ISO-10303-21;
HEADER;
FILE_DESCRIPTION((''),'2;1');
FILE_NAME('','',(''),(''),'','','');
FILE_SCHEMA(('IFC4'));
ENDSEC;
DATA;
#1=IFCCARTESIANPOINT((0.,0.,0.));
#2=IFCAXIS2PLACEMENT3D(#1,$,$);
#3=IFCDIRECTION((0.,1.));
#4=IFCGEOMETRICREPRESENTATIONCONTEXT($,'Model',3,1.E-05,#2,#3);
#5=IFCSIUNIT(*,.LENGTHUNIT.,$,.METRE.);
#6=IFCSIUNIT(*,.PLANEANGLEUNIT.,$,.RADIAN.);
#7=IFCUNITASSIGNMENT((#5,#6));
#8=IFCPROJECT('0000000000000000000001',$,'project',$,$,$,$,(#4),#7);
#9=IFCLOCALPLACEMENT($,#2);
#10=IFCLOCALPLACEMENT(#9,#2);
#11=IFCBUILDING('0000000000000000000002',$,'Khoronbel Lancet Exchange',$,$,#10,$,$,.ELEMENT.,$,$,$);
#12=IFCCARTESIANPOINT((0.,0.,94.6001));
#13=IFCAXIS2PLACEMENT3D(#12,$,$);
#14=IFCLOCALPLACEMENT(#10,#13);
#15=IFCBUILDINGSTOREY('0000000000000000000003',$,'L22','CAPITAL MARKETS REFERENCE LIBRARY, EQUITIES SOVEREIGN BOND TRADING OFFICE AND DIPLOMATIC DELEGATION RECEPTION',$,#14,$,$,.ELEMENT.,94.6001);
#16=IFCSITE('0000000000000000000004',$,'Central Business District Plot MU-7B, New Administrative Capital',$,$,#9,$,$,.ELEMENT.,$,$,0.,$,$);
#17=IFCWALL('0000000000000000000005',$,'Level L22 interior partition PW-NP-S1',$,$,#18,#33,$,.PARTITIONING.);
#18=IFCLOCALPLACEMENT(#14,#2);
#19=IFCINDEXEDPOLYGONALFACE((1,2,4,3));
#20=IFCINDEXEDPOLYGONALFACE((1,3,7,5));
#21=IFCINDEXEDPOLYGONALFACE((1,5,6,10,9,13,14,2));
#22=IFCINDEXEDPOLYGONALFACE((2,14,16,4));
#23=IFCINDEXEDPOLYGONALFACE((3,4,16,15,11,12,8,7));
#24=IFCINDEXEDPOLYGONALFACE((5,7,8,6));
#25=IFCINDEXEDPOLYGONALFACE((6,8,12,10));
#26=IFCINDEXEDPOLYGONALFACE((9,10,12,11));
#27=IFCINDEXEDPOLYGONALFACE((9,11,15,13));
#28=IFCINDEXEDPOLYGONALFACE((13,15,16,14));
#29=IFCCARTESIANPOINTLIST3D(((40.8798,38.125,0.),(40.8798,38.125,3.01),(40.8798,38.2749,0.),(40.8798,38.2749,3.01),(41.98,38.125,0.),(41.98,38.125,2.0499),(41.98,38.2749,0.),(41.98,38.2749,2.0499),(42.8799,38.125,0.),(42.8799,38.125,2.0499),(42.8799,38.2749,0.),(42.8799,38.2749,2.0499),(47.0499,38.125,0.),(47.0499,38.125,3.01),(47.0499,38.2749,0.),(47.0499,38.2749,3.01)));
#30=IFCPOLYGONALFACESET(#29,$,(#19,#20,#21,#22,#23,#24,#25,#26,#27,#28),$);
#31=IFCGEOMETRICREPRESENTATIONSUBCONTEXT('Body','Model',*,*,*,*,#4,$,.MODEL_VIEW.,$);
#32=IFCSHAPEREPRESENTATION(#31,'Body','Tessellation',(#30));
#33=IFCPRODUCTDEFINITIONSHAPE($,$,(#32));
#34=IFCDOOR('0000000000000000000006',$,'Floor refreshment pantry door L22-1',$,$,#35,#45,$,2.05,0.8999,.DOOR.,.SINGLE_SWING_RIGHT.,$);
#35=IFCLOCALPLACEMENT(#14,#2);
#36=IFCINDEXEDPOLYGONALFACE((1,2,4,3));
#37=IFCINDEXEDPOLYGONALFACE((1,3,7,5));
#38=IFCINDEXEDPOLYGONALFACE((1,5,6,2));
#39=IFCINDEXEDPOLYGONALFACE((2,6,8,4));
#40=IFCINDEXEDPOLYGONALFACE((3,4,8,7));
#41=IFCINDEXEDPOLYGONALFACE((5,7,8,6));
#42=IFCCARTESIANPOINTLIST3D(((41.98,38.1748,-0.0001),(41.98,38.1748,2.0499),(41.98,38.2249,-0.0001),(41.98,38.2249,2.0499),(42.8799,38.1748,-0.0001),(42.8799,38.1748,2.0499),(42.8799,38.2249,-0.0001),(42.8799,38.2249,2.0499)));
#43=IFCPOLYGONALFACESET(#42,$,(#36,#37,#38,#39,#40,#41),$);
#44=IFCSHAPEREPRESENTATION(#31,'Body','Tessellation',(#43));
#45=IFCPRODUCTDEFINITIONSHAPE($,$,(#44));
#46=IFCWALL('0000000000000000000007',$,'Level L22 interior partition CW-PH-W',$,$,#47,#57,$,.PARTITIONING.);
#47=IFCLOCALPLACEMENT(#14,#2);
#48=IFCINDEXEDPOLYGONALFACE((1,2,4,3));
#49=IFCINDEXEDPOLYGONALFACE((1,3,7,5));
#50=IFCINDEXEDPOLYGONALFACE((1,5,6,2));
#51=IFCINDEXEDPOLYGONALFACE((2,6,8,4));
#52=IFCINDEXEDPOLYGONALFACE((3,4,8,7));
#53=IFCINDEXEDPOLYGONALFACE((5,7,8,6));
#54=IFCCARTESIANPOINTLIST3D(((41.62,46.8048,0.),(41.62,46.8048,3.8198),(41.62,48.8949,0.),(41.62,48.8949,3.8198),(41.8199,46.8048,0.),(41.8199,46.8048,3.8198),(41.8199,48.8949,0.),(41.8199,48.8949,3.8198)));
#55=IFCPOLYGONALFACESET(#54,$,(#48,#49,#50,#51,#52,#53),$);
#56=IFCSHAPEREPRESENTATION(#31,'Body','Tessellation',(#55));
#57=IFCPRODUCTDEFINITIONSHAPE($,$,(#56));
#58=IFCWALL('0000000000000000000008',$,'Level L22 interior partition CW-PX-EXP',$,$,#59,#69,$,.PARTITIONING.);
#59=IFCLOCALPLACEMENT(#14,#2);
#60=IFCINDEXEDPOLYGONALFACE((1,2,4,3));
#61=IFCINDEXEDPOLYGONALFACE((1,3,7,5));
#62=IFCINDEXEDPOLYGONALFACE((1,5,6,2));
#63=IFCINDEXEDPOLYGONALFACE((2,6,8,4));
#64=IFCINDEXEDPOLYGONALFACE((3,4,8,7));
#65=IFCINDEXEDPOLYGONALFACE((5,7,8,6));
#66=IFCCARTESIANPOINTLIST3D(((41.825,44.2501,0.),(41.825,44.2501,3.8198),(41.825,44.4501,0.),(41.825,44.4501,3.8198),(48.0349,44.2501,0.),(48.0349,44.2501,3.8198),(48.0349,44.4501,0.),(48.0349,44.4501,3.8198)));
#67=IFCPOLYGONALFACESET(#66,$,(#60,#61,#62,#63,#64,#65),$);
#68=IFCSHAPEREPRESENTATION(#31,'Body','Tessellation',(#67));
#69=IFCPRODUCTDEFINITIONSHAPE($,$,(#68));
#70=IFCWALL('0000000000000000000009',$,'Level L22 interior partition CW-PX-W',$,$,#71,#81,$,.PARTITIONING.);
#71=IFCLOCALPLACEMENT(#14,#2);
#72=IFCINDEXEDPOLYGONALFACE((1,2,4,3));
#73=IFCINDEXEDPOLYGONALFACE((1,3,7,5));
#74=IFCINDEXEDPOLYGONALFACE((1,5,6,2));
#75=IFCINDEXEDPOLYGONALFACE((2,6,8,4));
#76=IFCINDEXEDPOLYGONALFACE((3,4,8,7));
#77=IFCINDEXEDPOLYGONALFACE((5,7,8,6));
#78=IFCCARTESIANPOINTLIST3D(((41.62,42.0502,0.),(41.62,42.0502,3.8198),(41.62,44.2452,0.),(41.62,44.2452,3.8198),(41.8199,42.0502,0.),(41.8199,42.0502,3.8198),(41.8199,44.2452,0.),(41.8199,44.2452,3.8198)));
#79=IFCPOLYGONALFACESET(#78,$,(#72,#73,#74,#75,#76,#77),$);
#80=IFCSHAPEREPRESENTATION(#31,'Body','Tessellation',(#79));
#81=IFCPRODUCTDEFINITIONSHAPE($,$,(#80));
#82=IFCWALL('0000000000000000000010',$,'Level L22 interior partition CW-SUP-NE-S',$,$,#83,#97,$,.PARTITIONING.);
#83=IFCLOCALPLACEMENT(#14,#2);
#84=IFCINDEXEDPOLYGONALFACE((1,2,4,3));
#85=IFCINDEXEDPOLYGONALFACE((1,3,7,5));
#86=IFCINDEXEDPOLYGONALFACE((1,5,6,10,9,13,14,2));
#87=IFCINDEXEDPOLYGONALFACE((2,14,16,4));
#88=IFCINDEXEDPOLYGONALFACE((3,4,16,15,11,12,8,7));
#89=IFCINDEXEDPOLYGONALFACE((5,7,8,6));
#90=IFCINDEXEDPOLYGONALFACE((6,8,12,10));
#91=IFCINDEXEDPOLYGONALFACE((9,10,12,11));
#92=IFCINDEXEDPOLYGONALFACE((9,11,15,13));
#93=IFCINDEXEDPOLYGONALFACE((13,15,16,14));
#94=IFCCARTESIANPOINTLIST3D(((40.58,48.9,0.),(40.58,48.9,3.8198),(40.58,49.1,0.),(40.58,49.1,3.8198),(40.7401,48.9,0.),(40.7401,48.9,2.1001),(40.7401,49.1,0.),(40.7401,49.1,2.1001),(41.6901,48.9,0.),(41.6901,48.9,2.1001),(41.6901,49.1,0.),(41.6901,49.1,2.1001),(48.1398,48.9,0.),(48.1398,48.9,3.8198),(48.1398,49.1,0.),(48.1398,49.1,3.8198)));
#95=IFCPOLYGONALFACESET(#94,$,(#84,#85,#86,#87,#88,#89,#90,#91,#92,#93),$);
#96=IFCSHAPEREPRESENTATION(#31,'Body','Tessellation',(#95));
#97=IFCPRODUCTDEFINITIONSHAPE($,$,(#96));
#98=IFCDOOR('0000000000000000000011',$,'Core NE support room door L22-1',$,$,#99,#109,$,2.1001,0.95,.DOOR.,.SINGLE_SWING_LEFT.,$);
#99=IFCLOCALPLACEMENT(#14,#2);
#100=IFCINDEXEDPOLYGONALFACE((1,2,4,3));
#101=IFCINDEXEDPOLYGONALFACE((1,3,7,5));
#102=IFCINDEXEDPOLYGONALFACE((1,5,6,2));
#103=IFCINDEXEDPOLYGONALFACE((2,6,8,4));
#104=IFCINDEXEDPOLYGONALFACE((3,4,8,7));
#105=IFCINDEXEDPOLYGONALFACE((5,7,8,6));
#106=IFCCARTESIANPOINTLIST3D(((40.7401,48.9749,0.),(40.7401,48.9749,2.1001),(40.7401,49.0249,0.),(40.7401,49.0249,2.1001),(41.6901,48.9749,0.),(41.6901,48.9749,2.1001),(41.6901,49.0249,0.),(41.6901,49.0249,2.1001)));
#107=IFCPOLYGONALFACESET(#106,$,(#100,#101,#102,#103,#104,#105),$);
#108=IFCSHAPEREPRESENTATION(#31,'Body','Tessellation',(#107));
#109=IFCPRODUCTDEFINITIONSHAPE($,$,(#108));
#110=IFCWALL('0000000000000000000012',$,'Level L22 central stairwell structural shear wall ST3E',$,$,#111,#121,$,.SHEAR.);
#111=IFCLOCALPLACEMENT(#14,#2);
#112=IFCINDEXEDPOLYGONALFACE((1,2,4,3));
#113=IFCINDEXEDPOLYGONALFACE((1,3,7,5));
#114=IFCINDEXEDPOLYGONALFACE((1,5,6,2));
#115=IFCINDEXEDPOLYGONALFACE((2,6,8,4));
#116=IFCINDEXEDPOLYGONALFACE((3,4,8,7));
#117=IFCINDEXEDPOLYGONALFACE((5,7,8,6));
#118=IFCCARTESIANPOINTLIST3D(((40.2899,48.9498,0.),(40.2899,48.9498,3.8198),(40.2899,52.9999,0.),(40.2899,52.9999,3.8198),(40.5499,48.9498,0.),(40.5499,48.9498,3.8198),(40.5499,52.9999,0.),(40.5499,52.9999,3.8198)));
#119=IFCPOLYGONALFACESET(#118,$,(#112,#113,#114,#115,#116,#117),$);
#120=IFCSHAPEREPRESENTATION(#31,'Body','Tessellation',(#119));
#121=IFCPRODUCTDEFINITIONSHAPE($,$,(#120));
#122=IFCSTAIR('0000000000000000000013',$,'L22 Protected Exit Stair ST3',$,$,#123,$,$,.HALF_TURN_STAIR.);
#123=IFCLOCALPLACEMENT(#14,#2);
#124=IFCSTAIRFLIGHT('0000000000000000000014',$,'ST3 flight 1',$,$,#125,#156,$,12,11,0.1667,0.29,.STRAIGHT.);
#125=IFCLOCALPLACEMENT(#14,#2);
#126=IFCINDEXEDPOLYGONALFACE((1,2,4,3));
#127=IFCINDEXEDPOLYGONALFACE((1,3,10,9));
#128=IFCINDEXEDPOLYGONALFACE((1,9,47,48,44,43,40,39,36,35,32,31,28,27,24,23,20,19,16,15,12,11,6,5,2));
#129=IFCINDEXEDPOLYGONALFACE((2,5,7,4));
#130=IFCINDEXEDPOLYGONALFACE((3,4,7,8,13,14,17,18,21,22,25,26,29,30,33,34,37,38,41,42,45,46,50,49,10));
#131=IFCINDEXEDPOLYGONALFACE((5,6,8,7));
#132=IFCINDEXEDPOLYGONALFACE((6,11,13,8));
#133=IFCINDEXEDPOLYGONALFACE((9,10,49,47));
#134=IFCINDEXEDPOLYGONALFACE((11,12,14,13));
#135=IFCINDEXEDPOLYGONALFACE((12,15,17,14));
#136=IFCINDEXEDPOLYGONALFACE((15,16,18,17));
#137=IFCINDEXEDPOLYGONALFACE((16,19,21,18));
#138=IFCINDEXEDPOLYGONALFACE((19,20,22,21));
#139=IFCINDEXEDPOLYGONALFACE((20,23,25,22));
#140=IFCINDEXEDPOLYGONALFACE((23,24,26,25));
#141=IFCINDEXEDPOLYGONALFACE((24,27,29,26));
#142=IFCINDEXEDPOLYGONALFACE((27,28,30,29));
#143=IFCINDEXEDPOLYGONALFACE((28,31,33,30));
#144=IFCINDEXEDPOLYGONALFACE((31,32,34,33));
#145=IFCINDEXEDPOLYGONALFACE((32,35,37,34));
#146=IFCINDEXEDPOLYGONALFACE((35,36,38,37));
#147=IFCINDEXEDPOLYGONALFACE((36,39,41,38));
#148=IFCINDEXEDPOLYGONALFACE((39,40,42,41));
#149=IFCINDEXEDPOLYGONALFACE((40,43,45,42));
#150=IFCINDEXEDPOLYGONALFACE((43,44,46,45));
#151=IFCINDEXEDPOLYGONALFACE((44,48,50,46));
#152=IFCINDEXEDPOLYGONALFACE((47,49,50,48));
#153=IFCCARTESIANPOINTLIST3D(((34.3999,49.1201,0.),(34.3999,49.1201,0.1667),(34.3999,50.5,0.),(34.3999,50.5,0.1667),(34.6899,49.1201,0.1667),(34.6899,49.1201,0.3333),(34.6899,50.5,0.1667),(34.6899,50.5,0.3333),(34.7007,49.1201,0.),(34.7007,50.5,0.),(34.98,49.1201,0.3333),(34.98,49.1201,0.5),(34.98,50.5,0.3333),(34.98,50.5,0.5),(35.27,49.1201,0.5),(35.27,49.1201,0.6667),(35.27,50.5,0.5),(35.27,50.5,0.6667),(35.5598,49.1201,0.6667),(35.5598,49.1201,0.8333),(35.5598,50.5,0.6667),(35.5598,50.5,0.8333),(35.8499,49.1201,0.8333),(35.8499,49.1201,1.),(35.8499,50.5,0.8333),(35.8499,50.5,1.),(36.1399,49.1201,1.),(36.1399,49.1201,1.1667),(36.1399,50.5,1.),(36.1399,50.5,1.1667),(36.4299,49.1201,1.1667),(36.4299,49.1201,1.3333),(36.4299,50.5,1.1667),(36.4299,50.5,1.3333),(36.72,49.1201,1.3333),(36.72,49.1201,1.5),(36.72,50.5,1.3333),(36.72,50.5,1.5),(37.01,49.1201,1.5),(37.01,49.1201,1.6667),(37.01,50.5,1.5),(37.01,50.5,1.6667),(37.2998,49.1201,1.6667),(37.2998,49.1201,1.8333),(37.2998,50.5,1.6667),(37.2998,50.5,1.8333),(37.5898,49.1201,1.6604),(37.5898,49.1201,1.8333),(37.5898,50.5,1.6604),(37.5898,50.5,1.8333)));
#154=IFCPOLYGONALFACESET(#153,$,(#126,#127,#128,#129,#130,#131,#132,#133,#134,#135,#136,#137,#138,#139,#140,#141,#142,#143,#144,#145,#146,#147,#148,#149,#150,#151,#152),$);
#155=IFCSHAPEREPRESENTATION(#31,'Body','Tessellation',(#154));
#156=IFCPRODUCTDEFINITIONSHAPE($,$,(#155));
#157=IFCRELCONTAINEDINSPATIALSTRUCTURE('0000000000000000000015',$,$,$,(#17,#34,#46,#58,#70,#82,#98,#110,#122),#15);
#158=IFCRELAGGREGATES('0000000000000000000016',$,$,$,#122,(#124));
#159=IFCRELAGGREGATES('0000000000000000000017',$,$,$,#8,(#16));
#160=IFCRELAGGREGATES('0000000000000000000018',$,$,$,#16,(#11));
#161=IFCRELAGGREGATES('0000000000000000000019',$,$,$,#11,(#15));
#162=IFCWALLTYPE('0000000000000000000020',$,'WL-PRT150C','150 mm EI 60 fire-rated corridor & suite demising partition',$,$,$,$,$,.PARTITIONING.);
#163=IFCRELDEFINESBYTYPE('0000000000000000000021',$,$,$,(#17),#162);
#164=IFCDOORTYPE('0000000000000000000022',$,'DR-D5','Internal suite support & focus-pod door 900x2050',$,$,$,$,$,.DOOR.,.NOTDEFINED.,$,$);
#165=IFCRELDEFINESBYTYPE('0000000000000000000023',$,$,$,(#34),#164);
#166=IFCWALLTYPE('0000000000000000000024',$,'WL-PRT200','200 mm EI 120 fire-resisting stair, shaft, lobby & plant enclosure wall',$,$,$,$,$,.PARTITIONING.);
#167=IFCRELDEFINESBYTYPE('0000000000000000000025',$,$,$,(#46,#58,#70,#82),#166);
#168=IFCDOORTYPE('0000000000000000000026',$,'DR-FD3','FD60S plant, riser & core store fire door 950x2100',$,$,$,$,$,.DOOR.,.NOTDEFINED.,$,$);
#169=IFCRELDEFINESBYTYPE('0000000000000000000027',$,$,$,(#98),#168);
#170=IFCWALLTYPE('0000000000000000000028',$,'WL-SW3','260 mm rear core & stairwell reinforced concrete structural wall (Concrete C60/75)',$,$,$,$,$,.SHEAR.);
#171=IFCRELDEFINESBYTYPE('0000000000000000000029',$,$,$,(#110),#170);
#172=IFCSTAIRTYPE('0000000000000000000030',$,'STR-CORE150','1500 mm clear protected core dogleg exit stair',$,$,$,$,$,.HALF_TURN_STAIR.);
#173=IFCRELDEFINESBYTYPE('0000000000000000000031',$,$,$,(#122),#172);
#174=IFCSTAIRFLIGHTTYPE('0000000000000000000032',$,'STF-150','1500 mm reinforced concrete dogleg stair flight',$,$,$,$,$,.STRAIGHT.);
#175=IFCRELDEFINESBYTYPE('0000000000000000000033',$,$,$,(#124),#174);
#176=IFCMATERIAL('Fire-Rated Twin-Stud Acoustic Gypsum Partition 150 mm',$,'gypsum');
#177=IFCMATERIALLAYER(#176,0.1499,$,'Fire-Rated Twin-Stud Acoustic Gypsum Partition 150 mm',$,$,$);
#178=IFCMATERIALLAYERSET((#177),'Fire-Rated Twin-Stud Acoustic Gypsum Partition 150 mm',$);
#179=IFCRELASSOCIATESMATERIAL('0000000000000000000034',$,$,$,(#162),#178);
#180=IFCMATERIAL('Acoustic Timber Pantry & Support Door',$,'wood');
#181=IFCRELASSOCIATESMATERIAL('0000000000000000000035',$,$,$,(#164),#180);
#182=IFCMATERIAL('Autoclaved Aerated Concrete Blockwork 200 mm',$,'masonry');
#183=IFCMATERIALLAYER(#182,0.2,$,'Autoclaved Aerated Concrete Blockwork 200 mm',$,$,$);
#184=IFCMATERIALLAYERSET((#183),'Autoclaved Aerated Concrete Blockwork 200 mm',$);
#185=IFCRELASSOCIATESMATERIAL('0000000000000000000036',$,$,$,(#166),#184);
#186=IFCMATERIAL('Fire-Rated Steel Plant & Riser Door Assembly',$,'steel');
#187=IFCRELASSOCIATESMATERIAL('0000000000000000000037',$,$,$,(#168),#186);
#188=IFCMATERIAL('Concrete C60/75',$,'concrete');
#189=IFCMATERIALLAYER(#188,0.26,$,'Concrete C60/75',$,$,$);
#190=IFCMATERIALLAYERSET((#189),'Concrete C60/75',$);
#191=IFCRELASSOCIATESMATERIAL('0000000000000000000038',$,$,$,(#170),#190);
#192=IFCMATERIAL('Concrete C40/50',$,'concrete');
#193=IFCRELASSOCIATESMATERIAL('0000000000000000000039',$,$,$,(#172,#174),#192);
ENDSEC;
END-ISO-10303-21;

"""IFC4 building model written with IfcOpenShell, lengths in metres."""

from ifc_helpers import new_model, si_unit, direction, frame, frame_2d, origin, place, context, subcontext, project, spatial, polyline, rectangle, outline, extrude, material, layer, layer_set, type_object, element, fill, aggregate, save


model = new_model("IFC4")

# Units and contexts
model_context = context("Model", 3, precision=1e-05, world=origin(), true_north=direction((0.0, 1.0)))
body_context = subcontext(model_context, "Body", "Model", "MODEL_VIEW")
ifc_project = project(units=[si_unit("LENGTHUNIT", "METRE"), si_unit("PLANEANGLEUNIT", "RADIAN")], contexts=[model_context])

# Site, building, storey
site_placement = place(None, origin())
site = spatial("IfcSite", under=ifc_project, at=site_placement, Name="Central Business District Plot MU-7B, New Administrative Capital", CompositionType="ELEMENT", RefElevation=0.0)
building_placement = place(site_placement, origin())
building = spatial("IfcBuilding", under=site, at=building_placement, Name="Khoronbel Lancet Exchange", CompositionType="ELEMENT")
storey_placement = place(building_placement, frame((0.0, 0.0, 94.6001)))
storey = spatial("IfcBuildingStorey", under=building, at=storey_placement, Name="L22", Description="CAPITAL MARKETS REFERENCE LIBRARY, EQUITIES SOVEREIGN BOND TRADING OFFICE AND DIPLOMATIC DELEGATION RECEPTION", CompositionType="ELEMENT", Elevation=94.6001)

# Wall, opening, door
ifc_material_1 = material(Name="Fire-Rated Twin-Stud Acoustic Gypsum Partition 150 mm", Category="gypsum")
ifc_layer_1 = layer(ifc_material_1, 0.1499, Name="Fire-Rated Twin-Stud Acoustic Gypsum Partition 150 mm")
ifc_layer_set_1 = layer_set([ifc_layer_1], Name="Fire-Rated Twin-Stud Acoustic Gypsum Partition 150 mm")
wall_type_1 = type_object("IfcWallType", Name="WL-PRT150C", Description="150 mm EI 60 fire-rated corridor & suite demising partition", PredefinedType="PARTITIONING", material=ifc_layer_set_1)
wall_1_placement = place(storey_placement, frame((40.8799, 38.2, 0.0), z_axis=(0.0, 0.0, 1.0), x_axis=(1.0, 0.0, 0.0)))
wall_1 = element("IfcWall", 1, at=wall_1_placement, inside=storey, type_object=wall_type_1, Name="Level L22 interior partition PW-NP-S1", PredefinedType="PARTITIONING", context=body_context, shape_type="SweptSolid", body=[
    extrude(rectangle(XDim=6.1702, YDim=0.1499, at=frame_2d((3.085, 0.0))), origin(), (0.0, 0.0, 1.0), 3.01),
])
opening_1_placement = place(wall_1_placement, frame((1.1001, 0.0, 0.0)))
opening_1 = element("IfcOpeningElement", 2, at=opening_1_placement, cuts=wall_1, PredefinedType="OPENING", context=body_context, shape_type="SweptSolid", body=[
    extrude(rectangle(XDim=0.8999, YDim=2.05, at=frame_2d((0.45, 1.0249))), frame((0.0, 0.085, 0.0), z_axis=(0.0, -1.0, 0.0), x_axis=(1.0, 0.0, 0.0)), (0.0, 0.0, 1.0), 0.1699),
])
ifc_material_2 = material(Name="Acoustic Timber Pantry & Support Door", Category="wood")
door_type_1 = type_object("IfcDoorType", Name="DR-D5", Description="Internal suite support & focus-pod door 900x2050", OperationType="NOTDEFINED", PredefinedType="DOOR", material=ifc_material_2)
door_1_placement = place(opening_1_placement, origin())
door_1 = element("IfcDoor", 3, at=door_1_placement, inside=storey, type_object=door_type_1, Name="Floor refreshment pantry door L22-1", OperationType="SINGLE_SWING_RIGHT", OverallHeight=2.05, OverallWidth=0.8999, PredefinedType="DOOR", context=body_context, shape_type="SweptSolid", body=[
    extrude(rectangle(XDim=0.8999, YDim=2.05, at=frame_2d((0.45, 1.0249))), frame((0.0, 0.0249, 0.0), z_axis=(0.0, -1.0, 0.0), x_axis=(1.0, 0.0, 0.0)), (0.0, 0.0, 1.0), 0.05),
])
fill(opening_1, door_1)

# Walls
ifc_material_3 = material(Name="Autoclaved Aerated Concrete Blockwork 200 mm", Category="masonry")
ifc_layer_2 = layer(ifc_material_3, 0.2, Name="Autoclaved Aerated Concrete Blockwork 200 mm")
ifc_layer_set_2 = layer_set([ifc_layer_2], Name="Autoclaved Aerated Concrete Blockwork 200 mm")
wall_type_2 = type_object("IfcWallType", Name="WL-PRT200", Description="200 mm EI 120 fire-resisting stair, shaft, lobby & plant enclosure wall", PredefinedType="PARTITIONING", material=ifc_layer_set_2)
wall_2_placement = place(storey_placement, frame((41.72, 46.8049, 0.0), z_axis=(0.0, 0.0, 1.0), x_axis=(0.0, 1.0, 0.0)))
element("IfcWall", 4, at=wall_2_placement, inside=storey, type_object=wall_type_2, Name="Level L22 interior partition CW-PH-W", PredefinedType="PARTITIONING", context=body_context, shape_type="SweptSolid", body=[
    extrude(rectangle(XDim=2.0901, YDim=0.2, at=frame_2d((1.0449, 0.0))), origin(), (0.0, 0.0, 1.0), 3.8198),
])
wall_3_placement = place(storey_placement, frame((41.825, 44.3501, 0.0), z_axis=(0.0, 0.0, 1.0), x_axis=(1.0, 0.0, 0.0)))
element("IfcWall", 5, at=wall_3_placement, inside=storey, type_object=wall_type_2, Name="Level L22 interior partition CW-PX-EXP", PredefinedType="PARTITIONING", context=body_context, shape_type="SweptSolid", body=[
    extrude(rectangle(XDim=6.21, YDim=0.2, at=frame_2d((3.105, 0.0))), origin(), (0.0, 0.0, 1.0), 3.8198),
])
wall_4_placement = place(storey_placement, frame((41.72, 42.05, 0.0), z_axis=(0.0, 0.0, 1.0), x_axis=(0.0, 1.0, 0.0)))
element("IfcWall", 6, at=wall_4_placement, inside=storey, type_object=wall_type_2, Name="Level L22 interior partition CW-PX-W", PredefinedType="PARTITIONING", context=body_context, shape_type="SweptSolid", body=[
    extrude(rectangle(XDim=2.1951, YDim=0.2, at=frame_2d((1.0977, 0.0))), origin(), (0.0, 0.0, 1.0), 3.8198),
])

# Wall, opening, door
wall_5_placement = place(storey_placement, frame((40.5801, 49.0, 0.0), z_axis=(0.0, 0.0, 1.0), x_axis=(1.0, 0.0, 0.0)))
wall_5 = element("IfcWall", 7, at=wall_5_placement, inside=storey, type_object=wall_type_2, Name="Level L22 interior partition CW-SUP-NE-S", PredefinedType="PARTITIONING", context=body_context, shape_type="SweptSolid", body=[
    extrude(rectangle(XDim=7.5598, YDim=0.2, at=frame_2d((3.7798, 0.0))), origin(), (0.0, 0.0, 1.0), 3.8198),
])
opening_2_placement = place(wall_5_placement, frame((0.1599, 0.0, 0.0)))
opening_2 = element("IfcOpeningElement", 8, at=opening_2_placement, cuts=wall_5, PredefinedType="OPENING", context=body_context, shape_type="SweptSolid", body=[
    extrude(rectangle(XDim=0.95, YDim=2.1001, at=frame_2d((0.4751, 1.05))), frame((0.0, 0.1099, 0.0), z_axis=(0.0, -1.0, 0.0), x_axis=(1.0, 0.0, 0.0)), (0.0, 0.0, 1.0), 0.22),
])
ifc_material_4 = material(Name="Fire-Rated Steel Plant & Riser Door Assembly", Category="steel")
door_type_2 = type_object("IfcDoorType", Name="DR-FD3", Description="FD60S plant, riser & core store fire door 950x2100", OperationType="NOTDEFINED", PredefinedType="DOOR", material=ifc_material_4)
door_2_placement = place(opening_2_placement, origin())
door_2 = element("IfcDoor", 9, at=door_2_placement, inside=storey, type_object=door_type_2, Name="Core NE support room door L22-1", OperationType="SINGLE_SWING_LEFT", OverallHeight=2.1001, OverallWidth=0.95, PredefinedType="DOOR", context=body_context, shape_type="SweptSolid", body=[
    extrude(rectangle(XDim=0.95, YDim=2.1001, at=frame_2d((0.4751, 1.05))), frame((0.0, 0.0249, 0.0), z_axis=(0.0, -1.0, 0.0), x_axis=(1.0, 0.0, 0.0)), (0.0, 0.0, 1.0), 0.05),
])
fill(opening_2, door_2)

# Wall
ifc_material_5 = material(Name="Concrete C60/75", Category="concrete")
ifc_layer_3 = layer(ifc_material_5, 0.26, Name="Concrete C60/75")
ifc_layer_set_3 = layer_set([ifc_layer_3], Name="Concrete C60/75")
wall_type_3 = type_object("IfcWallType", Name="WL-SW3", Description="260 mm rear core & stairwell reinforced concrete structural wall (Concrete C60/75)", PredefinedType="SHEAR", material=ifc_layer_set_3)
wall_6_placement = place(storey_placement, frame((40.4199, 48.95, 0.0), z_axis=(0.0, 0.0, 1.0), x_axis=(0.0, 1.0, 0.0)))
element("IfcWall", 10, at=wall_6_placement, inside=storey, type_object=wall_type_3, Name="Level L22 central stairwell structural shear wall ST3E", PredefinedType="SHEAR", context=body_context, shape_type="SweptSolid", body=[
    extrude(rectangle(XDim=4.05, YDim=0.26, at=frame_2d((2.0249, 0.0))), origin(), (0.0, 0.0, 1.0), 3.8198),
])

# Stair, stair flight
ifc_material_6 = material(Name="Concrete C40/50", Category="concrete")
stair_type = type_object("IfcStairType", Name="STR-CORE150", Description="1500 mm clear protected core dogleg exit stair", PredefinedType="HALF_TURN_STAIR", material=ifc_material_6)
stair_placement = place(storey_placement, origin())
stair = element("IfcStair", 11, at=stair_placement, inside=storey, type_object=stair_type, Name="L22 Protected Exit Stair ST3", PredefinedType="HALF_TURN_STAIR")
stair_flight_type = type_object("IfcStairFlightType", Name="STF-150", Description="1500 mm reinforced concrete dogleg stair flight", PredefinedType="STRAIGHT", material=ifc_material_6)
stair_flight_1_placement = place(storey_placement, frame((34.3999, 49.8101, 0.0), z_axis=(0.0, 0.0, 1.0), x_axis=(1.0, 0.0, 0.0)))
stair_flight_1 = element("IfcStairFlight", 12, at=stair_flight_1_placement, type_object=stair_flight_type, Name="ST3 flight 1", NumberOfRisers=12, NumberOfTreads=11, PredefinedType="STRAIGHT", RiserHeight=0.1667, TreadLength=0.29, context=body_context, shape_type="SweptSolid", body=[
    extrude(outline(polyline([(0.0, 0.0), (0.0, 0.1667), (0.29, 0.1667), (0.29, 0.3333), (0.5801, 0.3333), (0.5801, 0.5), (0.8701, 0.5), (0.8701, 0.6667), (1.1599, 0.6667), (1.1599, 0.8333), (1.45, 0.8333), (1.45, 1.0), (1.74, 1.0), (1.74, 1.1667), (2.03, 1.1667), (2.03, 1.3333), (2.3201, 1.3333), (2.3201, 1.5), (2.6101, 1.5), (2.6101, 1.6667), (2.8999, 1.6667), (2.8999, 1.8333), (3.1899, 1.8333), (3.1899, 2.0), (3.1899, 1.6604), (0.3008, 0.0), (0.0, 0.0)])), frame((0.0, 0.6899, 0.0), z_axis=(0.0, -1.0, 0.0), x_axis=(1.0, 0.0, 0.0)), (0.0, 0.0, 1.0), 1.3799),
])
aggregate(stair, [stair_flight_1])

save(model, "model.ifc")
